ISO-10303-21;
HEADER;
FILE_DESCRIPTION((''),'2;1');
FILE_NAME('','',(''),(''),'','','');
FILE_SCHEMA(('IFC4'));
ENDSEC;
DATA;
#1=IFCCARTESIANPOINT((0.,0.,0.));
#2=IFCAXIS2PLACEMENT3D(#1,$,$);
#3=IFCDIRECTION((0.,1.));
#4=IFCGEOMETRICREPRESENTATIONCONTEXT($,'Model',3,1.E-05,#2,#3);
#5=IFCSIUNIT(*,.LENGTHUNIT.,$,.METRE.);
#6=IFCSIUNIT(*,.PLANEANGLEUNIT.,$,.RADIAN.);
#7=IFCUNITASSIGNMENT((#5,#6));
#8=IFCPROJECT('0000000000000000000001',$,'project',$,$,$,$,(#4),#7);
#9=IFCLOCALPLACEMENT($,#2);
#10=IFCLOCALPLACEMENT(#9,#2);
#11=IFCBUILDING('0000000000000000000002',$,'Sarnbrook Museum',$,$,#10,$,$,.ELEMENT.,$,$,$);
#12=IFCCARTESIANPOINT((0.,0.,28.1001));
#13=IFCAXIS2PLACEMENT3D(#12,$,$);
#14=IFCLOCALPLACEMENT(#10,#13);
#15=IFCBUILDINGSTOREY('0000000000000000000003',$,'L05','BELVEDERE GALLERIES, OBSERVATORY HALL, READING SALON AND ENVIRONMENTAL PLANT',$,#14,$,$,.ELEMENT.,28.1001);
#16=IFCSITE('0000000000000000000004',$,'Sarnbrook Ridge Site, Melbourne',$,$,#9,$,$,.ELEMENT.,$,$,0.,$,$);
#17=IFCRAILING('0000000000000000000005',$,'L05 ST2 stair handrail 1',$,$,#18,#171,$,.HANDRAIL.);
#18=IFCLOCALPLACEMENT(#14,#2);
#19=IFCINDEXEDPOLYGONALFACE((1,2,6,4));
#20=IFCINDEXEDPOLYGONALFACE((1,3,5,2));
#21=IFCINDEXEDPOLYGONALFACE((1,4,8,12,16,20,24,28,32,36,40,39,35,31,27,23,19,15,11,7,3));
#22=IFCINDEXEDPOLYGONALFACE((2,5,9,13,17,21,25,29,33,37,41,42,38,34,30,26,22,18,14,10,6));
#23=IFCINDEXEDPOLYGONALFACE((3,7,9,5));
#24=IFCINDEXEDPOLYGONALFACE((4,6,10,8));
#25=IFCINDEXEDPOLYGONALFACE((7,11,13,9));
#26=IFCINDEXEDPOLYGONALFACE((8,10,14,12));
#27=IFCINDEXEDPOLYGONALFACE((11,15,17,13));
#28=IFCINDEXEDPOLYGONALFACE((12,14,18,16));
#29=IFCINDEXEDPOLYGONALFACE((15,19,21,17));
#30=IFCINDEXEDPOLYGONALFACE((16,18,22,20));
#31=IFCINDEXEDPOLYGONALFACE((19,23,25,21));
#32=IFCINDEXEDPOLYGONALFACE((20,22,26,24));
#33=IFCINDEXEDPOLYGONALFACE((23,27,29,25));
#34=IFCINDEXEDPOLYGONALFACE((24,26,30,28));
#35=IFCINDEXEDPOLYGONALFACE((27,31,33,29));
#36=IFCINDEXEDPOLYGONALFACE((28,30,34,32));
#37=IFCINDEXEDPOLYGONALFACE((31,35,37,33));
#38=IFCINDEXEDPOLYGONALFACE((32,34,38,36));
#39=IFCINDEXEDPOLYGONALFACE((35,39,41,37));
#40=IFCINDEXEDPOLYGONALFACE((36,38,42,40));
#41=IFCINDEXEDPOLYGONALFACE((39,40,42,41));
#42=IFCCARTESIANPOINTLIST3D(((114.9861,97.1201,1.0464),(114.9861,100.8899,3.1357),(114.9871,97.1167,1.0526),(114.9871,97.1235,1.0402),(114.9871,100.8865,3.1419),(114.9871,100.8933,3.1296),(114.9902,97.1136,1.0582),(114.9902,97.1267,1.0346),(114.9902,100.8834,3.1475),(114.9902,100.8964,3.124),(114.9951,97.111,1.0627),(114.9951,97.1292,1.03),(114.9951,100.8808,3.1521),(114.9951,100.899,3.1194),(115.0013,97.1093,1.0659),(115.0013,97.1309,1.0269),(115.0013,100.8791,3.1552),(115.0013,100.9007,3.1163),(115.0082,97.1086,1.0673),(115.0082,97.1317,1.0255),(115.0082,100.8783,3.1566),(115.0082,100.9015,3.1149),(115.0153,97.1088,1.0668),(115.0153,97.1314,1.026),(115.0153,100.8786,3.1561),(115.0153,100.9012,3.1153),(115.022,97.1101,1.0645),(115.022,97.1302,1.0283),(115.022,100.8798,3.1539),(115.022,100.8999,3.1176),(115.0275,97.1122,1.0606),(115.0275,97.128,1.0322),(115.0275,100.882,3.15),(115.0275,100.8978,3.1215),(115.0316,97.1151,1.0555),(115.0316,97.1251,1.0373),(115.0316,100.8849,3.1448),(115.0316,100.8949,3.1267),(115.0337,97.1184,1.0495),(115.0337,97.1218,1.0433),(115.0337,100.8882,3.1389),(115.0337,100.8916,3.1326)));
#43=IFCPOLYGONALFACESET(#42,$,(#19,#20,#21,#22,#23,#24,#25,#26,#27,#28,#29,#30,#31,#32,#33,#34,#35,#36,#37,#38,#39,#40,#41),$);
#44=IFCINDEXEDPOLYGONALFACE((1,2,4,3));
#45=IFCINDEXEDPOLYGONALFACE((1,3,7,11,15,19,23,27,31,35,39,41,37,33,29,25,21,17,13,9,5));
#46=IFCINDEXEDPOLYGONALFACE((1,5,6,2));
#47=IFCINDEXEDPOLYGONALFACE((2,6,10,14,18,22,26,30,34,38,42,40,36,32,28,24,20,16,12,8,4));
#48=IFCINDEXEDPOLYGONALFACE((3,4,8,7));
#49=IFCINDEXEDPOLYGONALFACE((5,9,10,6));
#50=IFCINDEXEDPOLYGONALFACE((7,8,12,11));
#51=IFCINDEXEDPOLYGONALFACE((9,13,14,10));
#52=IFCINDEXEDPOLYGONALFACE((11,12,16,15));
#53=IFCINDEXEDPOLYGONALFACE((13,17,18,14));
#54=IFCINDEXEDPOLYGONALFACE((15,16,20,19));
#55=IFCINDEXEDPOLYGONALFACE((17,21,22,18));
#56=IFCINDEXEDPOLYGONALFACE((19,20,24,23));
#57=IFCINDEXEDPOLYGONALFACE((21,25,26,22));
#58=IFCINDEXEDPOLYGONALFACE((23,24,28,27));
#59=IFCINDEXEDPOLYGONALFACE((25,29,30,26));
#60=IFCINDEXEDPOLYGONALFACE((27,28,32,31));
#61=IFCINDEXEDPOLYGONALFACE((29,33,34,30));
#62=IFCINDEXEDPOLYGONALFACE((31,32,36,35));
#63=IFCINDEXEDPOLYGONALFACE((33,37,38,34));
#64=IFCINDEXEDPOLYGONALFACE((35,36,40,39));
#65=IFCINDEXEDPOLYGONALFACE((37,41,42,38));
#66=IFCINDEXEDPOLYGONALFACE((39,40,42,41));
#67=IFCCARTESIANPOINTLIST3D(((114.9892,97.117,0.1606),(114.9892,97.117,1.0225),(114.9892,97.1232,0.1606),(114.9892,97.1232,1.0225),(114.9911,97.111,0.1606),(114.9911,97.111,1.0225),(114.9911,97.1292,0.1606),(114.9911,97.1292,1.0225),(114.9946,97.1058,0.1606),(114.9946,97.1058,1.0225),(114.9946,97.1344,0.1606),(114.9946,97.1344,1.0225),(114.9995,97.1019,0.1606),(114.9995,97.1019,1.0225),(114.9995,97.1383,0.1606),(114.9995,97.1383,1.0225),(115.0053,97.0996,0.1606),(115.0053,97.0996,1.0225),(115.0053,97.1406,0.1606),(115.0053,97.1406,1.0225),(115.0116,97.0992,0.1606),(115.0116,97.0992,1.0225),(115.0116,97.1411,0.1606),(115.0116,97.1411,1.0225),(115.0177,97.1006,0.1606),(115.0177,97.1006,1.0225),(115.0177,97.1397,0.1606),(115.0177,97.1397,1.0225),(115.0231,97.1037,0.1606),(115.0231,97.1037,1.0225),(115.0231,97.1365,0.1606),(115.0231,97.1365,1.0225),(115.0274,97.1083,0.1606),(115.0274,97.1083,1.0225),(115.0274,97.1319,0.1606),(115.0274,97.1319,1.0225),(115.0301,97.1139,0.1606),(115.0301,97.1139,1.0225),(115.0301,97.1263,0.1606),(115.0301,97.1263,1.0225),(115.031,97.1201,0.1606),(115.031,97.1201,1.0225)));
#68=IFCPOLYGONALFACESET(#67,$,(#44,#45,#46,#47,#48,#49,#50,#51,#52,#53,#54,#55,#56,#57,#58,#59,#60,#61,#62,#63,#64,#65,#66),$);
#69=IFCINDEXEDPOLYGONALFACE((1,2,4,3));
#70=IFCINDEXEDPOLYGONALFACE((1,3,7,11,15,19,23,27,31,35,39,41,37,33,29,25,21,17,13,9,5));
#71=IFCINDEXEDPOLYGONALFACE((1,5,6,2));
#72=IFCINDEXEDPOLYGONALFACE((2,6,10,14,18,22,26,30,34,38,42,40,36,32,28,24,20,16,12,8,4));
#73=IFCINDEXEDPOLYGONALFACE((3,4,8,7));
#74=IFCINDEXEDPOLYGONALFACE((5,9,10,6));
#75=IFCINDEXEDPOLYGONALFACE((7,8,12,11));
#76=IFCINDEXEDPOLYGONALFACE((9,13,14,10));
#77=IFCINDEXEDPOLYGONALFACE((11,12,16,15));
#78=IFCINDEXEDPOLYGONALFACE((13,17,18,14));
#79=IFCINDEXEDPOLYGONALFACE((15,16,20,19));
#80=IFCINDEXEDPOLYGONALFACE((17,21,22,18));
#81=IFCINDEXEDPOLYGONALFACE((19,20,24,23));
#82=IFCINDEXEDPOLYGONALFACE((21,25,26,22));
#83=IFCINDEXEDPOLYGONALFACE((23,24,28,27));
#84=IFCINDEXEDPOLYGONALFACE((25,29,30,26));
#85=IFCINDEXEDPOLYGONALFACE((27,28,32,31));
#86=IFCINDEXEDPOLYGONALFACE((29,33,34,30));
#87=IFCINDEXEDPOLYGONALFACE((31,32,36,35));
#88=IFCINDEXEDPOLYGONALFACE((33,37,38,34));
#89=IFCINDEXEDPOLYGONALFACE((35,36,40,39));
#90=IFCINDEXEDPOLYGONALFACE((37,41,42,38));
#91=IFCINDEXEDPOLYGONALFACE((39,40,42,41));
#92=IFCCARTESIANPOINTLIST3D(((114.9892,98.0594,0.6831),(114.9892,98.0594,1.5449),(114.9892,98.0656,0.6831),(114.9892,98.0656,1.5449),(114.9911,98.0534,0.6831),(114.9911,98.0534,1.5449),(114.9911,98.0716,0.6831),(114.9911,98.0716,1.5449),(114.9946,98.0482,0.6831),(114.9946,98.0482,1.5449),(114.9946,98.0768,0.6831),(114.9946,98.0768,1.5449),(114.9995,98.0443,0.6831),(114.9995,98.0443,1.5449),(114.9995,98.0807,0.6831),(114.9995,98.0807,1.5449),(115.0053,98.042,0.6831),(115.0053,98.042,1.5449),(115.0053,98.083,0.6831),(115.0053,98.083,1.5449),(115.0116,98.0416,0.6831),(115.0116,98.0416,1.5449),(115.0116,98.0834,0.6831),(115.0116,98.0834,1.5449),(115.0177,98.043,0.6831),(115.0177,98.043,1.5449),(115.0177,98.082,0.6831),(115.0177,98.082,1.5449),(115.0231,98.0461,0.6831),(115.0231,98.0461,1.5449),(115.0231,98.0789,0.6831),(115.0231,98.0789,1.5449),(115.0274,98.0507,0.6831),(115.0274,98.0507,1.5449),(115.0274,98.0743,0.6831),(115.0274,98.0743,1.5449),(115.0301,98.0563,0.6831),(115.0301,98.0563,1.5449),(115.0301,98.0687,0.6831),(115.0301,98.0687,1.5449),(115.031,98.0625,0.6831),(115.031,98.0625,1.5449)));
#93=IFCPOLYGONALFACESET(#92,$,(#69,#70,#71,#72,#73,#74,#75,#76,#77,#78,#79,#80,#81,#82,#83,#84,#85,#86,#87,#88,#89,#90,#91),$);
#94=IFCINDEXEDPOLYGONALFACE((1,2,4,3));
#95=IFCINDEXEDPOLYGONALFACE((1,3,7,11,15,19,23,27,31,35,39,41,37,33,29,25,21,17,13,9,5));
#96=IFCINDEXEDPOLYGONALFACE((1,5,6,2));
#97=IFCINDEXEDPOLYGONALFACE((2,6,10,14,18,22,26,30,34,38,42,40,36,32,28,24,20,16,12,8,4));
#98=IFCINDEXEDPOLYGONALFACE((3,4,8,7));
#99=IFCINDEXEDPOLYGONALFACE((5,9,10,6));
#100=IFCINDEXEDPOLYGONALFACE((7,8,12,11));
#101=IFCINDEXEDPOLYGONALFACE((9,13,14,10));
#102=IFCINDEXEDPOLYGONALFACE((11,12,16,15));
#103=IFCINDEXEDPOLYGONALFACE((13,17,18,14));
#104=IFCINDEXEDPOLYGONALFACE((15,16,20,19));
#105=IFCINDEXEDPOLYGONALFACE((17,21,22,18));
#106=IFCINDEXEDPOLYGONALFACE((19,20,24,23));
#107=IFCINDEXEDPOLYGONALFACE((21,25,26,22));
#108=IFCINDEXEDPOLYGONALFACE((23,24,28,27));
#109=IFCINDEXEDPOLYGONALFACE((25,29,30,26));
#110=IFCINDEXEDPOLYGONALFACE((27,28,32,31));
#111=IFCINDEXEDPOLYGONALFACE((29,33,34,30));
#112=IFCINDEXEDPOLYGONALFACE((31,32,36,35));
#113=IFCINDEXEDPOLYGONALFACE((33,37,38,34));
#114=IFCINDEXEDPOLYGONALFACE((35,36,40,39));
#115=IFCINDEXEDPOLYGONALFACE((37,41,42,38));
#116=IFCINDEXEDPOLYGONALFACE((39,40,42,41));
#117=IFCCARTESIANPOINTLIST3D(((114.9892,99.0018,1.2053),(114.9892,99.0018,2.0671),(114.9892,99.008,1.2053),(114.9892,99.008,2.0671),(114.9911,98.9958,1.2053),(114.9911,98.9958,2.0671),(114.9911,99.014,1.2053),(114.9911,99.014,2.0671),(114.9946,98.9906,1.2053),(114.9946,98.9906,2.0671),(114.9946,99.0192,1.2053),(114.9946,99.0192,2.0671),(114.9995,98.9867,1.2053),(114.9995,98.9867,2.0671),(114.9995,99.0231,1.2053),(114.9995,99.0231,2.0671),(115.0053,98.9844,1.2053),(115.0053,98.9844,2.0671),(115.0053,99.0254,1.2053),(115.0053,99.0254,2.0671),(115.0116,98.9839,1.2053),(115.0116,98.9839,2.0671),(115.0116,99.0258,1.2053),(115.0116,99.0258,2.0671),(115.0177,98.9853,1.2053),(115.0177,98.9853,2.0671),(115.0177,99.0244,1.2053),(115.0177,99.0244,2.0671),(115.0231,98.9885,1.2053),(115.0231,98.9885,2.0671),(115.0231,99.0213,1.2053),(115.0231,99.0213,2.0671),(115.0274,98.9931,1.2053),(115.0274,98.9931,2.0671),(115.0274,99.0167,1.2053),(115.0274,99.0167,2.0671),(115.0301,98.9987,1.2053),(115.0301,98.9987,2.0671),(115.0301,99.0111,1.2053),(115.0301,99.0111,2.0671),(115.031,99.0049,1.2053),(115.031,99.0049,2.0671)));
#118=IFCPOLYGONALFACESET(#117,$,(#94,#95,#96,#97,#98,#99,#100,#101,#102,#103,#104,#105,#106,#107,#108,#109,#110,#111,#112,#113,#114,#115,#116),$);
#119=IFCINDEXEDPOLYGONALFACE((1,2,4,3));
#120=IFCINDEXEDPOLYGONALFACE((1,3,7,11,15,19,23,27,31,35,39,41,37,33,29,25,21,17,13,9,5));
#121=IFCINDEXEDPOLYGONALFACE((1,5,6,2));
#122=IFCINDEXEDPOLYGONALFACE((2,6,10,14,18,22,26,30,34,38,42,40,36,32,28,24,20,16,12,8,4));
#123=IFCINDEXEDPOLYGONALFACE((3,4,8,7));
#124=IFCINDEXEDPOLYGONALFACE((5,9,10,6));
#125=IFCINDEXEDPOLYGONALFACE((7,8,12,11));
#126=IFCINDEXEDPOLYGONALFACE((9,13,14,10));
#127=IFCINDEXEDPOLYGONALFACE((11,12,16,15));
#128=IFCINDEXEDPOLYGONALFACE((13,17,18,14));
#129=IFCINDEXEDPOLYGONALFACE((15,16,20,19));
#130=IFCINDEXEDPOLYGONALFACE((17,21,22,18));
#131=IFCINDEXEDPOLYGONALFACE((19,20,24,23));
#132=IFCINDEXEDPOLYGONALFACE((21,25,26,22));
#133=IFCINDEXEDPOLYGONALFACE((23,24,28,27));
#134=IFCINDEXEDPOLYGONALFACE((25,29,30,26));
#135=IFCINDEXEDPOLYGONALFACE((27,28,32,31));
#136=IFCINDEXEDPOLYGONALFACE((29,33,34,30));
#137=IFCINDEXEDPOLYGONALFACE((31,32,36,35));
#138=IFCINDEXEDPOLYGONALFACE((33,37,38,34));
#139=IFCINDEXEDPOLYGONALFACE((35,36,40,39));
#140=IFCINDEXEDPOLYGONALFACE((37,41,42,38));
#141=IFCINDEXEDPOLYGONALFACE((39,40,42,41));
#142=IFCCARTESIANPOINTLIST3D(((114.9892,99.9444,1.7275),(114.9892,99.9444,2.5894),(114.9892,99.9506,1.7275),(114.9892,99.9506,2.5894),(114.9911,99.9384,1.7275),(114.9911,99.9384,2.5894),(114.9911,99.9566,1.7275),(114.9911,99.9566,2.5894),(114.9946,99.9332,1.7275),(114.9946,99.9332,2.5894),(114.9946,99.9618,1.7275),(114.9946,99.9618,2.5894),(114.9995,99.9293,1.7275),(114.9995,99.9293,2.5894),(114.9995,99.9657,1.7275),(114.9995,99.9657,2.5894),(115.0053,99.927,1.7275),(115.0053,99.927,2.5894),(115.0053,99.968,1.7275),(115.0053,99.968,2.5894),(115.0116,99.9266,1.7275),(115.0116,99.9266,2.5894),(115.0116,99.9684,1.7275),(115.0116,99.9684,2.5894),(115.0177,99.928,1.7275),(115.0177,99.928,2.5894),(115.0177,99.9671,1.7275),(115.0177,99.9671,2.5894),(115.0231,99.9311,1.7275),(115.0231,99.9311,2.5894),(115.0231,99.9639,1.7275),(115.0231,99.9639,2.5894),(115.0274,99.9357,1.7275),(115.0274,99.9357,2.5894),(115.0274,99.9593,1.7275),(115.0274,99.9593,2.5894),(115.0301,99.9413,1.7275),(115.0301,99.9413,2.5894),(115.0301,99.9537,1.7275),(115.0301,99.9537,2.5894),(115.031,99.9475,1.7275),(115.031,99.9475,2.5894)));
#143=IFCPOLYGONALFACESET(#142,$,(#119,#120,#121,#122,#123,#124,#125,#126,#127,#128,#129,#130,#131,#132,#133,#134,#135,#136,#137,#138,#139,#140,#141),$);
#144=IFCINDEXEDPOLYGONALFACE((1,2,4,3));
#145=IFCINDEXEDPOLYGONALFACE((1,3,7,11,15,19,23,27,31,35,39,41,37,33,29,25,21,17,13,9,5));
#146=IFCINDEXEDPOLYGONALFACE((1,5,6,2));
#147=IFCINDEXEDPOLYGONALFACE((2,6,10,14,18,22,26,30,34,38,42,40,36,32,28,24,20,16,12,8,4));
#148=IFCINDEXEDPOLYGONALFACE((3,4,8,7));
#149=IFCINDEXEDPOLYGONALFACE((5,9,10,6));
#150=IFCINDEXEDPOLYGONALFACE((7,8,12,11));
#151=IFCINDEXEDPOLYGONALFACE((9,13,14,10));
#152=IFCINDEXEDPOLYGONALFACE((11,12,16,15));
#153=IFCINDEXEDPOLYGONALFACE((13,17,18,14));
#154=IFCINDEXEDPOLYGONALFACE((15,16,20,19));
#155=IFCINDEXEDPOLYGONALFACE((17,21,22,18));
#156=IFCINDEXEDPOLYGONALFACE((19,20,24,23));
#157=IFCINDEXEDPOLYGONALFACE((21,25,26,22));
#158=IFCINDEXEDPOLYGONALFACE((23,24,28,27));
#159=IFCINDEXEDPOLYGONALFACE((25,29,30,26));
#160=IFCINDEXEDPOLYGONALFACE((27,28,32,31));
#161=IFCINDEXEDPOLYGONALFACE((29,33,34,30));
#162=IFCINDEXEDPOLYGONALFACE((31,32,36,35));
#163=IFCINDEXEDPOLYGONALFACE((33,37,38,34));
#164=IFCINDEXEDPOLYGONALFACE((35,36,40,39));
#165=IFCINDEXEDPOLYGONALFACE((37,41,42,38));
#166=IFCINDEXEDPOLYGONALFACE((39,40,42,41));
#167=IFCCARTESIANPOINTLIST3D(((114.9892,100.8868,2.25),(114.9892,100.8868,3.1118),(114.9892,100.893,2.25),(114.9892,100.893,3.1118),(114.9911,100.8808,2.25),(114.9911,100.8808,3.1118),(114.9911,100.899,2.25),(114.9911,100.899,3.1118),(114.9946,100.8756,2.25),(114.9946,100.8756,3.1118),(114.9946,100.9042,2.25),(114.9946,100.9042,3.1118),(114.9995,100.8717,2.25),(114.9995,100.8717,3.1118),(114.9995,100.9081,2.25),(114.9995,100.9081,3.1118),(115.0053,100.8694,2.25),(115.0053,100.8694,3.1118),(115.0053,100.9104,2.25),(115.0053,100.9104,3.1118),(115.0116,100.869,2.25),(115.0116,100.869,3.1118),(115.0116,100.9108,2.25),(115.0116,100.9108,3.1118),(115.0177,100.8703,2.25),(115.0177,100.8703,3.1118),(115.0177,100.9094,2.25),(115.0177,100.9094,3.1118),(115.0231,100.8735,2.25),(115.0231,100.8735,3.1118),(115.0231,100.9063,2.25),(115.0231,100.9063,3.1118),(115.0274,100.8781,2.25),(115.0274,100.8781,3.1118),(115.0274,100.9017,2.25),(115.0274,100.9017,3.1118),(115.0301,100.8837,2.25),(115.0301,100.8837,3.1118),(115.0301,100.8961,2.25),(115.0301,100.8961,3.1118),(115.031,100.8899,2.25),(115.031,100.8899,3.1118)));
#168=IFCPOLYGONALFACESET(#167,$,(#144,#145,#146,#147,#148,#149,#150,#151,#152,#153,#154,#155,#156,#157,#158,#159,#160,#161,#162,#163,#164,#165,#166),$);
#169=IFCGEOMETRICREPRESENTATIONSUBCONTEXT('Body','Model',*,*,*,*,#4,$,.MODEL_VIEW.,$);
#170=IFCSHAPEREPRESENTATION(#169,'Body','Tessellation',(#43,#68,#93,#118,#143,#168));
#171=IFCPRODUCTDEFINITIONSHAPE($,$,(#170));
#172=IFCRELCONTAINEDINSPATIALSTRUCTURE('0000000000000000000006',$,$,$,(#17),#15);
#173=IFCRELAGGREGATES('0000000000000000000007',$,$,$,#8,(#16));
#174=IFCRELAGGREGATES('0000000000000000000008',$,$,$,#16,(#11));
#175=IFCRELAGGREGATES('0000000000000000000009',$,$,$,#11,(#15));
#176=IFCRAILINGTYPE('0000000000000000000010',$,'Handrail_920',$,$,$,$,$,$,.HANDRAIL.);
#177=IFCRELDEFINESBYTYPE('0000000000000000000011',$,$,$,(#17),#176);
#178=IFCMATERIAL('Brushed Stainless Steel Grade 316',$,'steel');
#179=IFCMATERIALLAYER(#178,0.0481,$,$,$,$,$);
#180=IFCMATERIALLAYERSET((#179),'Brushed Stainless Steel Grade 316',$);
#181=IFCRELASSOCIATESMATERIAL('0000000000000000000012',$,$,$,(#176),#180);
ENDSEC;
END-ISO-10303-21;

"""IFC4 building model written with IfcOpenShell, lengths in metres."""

from ifc_helpers import new_model, si_unit, direction, frame, origin, origin_2d, place, context, subcontext, project, spatial, circle, extrude, material, layer, layer_set, type_object, element, save


model = new_model("IFC4")

# Units and contexts
model_context = context("Model", 3, precision=1e-05, world=origin(), true_north=direction((0.0, 1.0)))
body_context = subcontext(model_context, "Body", "Model", "MODEL_VIEW")
ifc_project = project(units=[si_unit("LENGTHUNIT", "METRE"), si_unit("PLANEANGLEUNIT", "RADIAN")], contexts=[model_context])

# Site, building, storey
site_placement = place(None, origin())
site = spatial("IfcSite", under=ifc_project, at=site_placement, Name="Sarnbrook Ridge Site, Melbourne", CompositionType="ELEMENT", RefElevation=0.0)
building_placement = place(site_placement, origin())
building = spatial("IfcBuilding", under=site, at=building_placement, Name="Sarnbrook Museum", CompositionType="ELEMENT")
storey_placement = place(building_placement, frame((0.0, 0.0, 28.1001)))
storey = spatial("IfcBuildingStorey", under=building, at=storey_placement, Name="L05", Description="BELVEDERE GALLERIES, OBSERVATORY HALL, READING SALON AND ENVIRONMENTAL PLANT", CompositionType="ELEMENT", Elevation=28.1001)

# Railing
ifc_material_1 = material(Name="Brushed Stainless Steel Grade 316", Category="steel")
ifc_layer_1 = layer(ifc_material_1, 0.0481)
ifc_layer_set_1 = layer_set([ifc_layer_1], Name="Brushed Stainless Steel Grade 316")
railing_type_1 = type_object("IfcRailingType", Name="Handrail_920", PredefinedType="HANDRAIL", material=ifc_layer_set_1)
railing_1_placement = place(storey_placement, frame((115.01, 97.1201, 0.1606)))
element("IfcRailing", 1, at=railing_1_placement, inside=storey, type_object=railing_type_1, Name="L05 ST2 stair handrail 1", PredefinedType="HANDRAIL", context=body_context, shape_type="SweptSolid", body=[
    extrude(circle(Radius=0.0239, at=origin_2d()), frame((0.0, 0.0, 0.8857), z_axis=(0.0, 0.874646, 0.484763), x_axis=(-1.0, 0.0, 0.0)), (0.0, 0.0, 1.0), 4.3101),
    extrude(circle(Radius=0.021, at=origin_2d()), origin(), (0.0, 0.0, 1.0), 0.8618),
    extrude(circle(Radius=0.021, at=origin_2d()), frame((0.0, 0.9424, 0.5225)), (0.0, 0.0, 1.0), 0.8618),
    extrude(circle(Radius=0.021, at=origin_2d()), frame((0.0, 1.8848, 1.0447)), (0.0, 0.0, 1.0), 0.8618),
    extrude(circle(Radius=0.021, at=origin_2d()), frame((0.0, 2.8274, 1.5669)), (0.0, 0.0, 1.0), 0.8618),
    extrude(circle(Radius=0.021, at=origin_2d()), frame((0.0, 3.7698, 2.0894)), (0.0, 0.0, 1.0), 0.8618),
])

save(model, "model.ifc")
